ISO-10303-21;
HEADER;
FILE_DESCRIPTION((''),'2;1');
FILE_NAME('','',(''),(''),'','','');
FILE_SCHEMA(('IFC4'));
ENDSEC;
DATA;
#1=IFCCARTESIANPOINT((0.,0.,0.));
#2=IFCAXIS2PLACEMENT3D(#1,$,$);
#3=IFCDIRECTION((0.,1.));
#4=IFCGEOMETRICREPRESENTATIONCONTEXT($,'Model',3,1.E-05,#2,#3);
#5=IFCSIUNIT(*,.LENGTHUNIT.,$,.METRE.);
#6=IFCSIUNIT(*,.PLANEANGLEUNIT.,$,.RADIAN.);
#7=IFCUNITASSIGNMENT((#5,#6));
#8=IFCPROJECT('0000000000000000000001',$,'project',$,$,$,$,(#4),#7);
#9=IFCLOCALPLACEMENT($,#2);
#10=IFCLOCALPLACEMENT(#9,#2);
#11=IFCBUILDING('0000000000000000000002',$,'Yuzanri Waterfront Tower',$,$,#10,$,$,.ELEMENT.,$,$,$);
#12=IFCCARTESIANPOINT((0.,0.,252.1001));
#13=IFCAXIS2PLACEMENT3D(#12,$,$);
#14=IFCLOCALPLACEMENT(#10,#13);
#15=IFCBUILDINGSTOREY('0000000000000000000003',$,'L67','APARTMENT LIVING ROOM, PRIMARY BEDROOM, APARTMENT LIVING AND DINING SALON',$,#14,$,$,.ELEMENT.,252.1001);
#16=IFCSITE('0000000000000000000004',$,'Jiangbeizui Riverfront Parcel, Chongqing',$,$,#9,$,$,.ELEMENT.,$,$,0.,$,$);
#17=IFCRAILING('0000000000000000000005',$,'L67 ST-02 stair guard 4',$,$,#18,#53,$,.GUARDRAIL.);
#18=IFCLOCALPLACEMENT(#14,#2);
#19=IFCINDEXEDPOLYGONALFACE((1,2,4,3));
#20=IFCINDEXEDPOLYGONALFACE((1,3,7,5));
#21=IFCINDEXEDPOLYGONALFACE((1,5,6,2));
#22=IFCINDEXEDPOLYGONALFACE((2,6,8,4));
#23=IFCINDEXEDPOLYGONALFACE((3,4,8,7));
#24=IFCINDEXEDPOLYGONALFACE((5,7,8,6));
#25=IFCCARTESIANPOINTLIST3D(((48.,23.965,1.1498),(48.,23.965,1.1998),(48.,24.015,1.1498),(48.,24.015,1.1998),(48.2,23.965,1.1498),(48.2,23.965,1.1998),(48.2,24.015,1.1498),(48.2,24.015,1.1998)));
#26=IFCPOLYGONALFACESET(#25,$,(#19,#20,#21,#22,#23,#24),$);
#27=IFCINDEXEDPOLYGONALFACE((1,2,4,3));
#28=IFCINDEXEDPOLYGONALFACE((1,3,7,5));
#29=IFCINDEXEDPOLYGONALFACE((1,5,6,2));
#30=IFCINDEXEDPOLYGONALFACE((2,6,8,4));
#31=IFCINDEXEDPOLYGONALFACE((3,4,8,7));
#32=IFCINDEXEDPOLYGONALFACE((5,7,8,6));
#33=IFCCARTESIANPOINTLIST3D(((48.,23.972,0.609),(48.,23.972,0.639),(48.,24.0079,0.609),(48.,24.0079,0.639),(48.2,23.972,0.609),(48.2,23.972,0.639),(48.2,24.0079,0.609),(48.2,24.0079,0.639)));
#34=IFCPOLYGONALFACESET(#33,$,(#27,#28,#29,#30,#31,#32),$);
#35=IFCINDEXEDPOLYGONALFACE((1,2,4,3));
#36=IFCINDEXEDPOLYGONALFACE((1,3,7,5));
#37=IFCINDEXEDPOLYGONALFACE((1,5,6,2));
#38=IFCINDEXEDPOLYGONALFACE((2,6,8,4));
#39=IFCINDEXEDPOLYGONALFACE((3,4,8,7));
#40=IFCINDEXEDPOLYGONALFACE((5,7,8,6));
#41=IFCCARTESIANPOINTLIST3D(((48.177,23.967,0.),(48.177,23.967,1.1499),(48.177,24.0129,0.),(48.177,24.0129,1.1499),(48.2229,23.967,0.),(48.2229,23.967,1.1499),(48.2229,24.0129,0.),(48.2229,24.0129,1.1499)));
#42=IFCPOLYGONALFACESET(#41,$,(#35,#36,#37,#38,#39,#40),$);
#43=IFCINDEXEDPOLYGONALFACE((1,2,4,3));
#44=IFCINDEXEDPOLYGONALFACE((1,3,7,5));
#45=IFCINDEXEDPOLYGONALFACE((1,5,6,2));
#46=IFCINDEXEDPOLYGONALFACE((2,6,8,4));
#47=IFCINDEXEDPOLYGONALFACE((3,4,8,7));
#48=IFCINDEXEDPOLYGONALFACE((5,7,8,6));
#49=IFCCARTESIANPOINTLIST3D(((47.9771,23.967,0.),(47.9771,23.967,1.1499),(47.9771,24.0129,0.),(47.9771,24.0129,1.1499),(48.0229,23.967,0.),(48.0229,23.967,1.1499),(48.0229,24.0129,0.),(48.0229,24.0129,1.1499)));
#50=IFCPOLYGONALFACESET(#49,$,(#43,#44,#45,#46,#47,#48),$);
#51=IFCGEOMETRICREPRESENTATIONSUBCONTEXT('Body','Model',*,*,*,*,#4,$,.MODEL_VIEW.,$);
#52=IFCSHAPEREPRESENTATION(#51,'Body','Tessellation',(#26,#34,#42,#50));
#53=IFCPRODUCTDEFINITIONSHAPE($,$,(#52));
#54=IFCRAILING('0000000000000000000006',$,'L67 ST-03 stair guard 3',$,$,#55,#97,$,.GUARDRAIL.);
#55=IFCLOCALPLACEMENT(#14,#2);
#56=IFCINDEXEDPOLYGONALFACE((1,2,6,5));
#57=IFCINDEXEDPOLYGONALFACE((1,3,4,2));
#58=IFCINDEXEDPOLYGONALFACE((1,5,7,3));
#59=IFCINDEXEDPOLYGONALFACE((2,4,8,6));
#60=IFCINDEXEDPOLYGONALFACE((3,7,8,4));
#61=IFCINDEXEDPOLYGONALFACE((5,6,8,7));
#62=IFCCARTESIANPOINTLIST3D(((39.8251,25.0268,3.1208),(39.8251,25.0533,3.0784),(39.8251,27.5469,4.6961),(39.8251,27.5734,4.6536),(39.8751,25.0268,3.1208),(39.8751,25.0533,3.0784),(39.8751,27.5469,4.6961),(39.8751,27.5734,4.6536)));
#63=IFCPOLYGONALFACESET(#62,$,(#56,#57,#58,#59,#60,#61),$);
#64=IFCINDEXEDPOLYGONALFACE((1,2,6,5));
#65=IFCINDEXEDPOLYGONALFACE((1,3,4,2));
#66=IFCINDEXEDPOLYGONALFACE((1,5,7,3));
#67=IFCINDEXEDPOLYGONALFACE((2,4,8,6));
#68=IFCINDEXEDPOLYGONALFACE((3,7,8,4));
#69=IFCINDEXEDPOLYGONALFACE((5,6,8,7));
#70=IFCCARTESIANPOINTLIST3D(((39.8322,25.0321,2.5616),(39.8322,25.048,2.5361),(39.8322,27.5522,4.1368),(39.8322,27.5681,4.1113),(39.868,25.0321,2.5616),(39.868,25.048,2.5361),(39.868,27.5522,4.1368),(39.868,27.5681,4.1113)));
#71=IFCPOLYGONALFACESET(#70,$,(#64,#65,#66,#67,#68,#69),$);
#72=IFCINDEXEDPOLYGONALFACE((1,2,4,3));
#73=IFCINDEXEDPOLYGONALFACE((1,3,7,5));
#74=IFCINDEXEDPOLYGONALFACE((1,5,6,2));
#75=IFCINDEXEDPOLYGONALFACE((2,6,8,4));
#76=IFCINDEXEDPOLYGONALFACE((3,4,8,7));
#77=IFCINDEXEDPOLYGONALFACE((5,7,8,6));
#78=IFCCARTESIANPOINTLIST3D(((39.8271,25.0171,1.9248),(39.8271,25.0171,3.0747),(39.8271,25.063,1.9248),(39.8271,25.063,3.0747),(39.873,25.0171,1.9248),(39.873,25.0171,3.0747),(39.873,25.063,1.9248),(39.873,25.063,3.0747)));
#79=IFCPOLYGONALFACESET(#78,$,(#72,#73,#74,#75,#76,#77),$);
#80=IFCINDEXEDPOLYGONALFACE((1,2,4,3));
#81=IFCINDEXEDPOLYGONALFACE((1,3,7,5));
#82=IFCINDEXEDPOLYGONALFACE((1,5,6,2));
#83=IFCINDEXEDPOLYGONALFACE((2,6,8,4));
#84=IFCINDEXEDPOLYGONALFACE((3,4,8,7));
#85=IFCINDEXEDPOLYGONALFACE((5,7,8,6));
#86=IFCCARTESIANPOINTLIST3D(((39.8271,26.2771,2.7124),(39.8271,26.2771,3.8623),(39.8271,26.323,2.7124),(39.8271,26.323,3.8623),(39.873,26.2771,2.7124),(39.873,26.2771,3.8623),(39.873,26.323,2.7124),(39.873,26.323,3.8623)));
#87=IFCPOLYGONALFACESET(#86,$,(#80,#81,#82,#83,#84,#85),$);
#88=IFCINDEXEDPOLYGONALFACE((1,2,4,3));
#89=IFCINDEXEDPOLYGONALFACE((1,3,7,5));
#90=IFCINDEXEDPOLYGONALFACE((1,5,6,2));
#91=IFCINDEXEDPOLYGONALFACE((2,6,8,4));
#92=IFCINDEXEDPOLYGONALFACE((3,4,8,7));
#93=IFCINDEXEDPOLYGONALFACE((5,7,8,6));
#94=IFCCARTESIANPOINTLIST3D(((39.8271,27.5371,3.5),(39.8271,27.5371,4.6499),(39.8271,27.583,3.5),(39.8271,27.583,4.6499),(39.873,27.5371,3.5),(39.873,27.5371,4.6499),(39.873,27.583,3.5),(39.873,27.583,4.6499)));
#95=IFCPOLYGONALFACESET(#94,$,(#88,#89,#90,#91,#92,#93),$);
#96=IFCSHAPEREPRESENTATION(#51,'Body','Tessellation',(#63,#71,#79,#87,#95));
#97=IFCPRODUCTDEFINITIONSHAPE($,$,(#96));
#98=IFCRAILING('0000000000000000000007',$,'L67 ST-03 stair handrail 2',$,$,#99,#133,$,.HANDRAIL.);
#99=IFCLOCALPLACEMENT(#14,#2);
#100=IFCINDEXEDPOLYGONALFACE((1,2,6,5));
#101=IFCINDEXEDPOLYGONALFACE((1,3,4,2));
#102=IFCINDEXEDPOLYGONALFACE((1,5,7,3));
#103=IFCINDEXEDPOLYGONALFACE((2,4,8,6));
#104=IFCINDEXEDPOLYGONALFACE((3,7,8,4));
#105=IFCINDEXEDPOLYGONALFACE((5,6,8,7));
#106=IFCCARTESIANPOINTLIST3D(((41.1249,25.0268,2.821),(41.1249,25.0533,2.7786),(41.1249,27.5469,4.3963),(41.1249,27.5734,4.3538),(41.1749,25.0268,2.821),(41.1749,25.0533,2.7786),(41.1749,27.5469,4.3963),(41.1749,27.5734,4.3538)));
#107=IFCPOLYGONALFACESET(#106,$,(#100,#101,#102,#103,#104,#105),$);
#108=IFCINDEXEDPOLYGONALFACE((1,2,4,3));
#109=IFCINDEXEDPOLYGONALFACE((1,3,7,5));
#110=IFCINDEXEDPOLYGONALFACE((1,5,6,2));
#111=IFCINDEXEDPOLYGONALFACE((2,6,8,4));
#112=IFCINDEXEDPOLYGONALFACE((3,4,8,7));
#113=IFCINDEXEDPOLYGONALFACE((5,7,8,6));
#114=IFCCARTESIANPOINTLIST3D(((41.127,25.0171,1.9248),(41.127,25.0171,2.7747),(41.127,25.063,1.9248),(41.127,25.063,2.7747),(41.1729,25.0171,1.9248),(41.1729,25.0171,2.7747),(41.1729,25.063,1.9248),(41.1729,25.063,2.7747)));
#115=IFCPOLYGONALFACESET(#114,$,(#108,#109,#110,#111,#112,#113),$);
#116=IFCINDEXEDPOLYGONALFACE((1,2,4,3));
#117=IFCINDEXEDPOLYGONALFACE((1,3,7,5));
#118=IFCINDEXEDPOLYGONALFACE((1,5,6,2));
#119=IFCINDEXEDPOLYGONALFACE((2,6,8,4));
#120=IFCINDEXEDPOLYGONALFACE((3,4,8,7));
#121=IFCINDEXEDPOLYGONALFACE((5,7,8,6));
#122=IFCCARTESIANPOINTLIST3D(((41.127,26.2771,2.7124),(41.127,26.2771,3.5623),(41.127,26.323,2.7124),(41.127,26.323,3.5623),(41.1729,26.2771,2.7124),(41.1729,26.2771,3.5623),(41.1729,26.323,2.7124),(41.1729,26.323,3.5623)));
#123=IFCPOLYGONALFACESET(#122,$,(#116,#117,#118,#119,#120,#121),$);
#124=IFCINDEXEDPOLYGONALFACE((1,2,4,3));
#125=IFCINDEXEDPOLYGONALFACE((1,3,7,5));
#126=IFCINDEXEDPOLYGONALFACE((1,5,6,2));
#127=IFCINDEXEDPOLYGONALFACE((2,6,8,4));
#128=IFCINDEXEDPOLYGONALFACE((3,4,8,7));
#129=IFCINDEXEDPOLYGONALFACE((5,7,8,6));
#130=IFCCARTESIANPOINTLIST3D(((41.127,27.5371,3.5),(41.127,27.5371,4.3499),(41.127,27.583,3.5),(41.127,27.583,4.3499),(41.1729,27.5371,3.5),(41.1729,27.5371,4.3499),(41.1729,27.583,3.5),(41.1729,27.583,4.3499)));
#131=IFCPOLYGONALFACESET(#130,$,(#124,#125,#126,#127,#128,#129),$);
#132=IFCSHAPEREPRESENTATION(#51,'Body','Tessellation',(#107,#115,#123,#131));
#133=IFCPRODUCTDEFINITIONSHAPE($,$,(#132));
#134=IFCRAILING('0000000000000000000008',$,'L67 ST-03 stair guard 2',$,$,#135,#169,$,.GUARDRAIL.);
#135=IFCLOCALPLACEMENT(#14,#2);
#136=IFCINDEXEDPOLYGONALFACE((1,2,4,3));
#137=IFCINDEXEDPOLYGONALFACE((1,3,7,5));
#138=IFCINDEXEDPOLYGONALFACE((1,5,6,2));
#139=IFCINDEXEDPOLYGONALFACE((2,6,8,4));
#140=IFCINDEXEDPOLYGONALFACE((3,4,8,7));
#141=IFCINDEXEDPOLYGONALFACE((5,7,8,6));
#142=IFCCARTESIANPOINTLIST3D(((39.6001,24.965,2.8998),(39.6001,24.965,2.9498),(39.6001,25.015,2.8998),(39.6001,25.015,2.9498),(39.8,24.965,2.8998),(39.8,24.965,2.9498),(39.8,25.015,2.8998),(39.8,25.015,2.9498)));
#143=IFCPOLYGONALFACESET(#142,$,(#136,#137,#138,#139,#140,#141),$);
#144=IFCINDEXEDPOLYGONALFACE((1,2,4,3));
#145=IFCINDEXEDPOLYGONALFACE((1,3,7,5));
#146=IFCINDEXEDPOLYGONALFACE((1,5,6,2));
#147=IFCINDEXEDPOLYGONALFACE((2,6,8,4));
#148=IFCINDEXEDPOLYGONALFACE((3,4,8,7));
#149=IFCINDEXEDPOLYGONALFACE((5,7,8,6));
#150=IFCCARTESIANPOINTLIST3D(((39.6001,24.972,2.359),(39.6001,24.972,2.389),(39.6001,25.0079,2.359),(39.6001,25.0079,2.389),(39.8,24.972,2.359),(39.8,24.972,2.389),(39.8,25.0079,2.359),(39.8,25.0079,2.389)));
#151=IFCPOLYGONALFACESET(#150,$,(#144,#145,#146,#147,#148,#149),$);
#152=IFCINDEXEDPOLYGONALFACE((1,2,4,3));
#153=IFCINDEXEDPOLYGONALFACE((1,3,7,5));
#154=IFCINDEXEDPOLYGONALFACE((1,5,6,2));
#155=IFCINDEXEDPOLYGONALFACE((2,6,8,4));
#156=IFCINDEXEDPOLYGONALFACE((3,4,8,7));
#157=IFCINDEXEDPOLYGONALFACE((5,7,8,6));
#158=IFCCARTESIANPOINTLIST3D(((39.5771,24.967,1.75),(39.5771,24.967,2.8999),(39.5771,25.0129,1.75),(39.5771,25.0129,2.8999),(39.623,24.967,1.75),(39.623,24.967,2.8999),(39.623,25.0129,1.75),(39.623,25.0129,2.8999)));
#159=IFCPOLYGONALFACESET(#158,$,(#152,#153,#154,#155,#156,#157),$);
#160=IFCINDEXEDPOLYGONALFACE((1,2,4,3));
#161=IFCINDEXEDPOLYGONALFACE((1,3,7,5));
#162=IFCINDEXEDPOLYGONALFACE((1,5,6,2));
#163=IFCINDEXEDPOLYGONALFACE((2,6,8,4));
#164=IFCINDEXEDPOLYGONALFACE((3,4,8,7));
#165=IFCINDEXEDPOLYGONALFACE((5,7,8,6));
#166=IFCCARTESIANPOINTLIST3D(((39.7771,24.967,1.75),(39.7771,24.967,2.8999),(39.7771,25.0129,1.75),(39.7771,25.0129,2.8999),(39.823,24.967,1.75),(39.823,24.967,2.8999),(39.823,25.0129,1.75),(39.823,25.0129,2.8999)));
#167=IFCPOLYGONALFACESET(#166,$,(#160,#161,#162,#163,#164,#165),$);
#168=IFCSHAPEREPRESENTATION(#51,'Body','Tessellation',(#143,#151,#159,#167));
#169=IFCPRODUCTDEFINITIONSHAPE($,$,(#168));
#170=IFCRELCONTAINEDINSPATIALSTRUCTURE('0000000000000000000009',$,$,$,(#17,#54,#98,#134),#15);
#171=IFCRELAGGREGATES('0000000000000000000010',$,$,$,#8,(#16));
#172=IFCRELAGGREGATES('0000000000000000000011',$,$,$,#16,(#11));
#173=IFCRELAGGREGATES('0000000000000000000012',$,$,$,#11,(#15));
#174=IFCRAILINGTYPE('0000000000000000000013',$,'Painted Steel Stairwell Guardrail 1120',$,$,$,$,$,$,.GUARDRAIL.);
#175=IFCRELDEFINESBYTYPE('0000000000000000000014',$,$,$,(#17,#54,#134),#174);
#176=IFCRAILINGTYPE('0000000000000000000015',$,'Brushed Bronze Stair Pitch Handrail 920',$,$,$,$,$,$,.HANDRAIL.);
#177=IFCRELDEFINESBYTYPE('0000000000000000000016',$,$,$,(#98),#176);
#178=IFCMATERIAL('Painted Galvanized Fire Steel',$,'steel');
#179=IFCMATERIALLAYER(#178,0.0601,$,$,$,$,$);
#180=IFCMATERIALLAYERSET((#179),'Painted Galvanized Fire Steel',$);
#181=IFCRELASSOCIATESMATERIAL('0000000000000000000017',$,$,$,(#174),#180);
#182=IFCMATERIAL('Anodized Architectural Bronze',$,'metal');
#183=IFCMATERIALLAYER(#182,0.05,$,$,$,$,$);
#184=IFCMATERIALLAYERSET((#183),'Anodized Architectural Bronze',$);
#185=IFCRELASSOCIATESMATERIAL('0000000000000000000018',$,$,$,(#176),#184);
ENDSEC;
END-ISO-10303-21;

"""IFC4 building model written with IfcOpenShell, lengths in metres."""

from ifc_helpers import new_model, si_unit, direction, frame, origin, origin_2d, place, context, subcontext, project, spatial, rectangle, extrude, source, transform, mapped, material, layer, layer_set, type_object, element, save


model = new_model("IFC4")

# Units and contexts
model_context = context("Model", 3, precision=1e-05, world=origin(), true_north=direction((0.0, 1.0)))
body_context = subcontext(model_context, "Body", "Model", "MODEL_VIEW")
ifc_project = project(units=[si_unit("LENGTHUNIT", "METRE"), si_unit("PLANEANGLEUNIT", "RADIAN")], contexts=[model_context])

# Site, building, storey
site_placement = place(None, origin())
site = spatial("IfcSite", under=ifc_project, at=site_placement, Name="Jiangbeizui Riverfront Parcel, Chongqing", CompositionType="ELEMENT", RefElevation=0.0)
building_placement = place(site_placement, origin())
building = spatial("IfcBuilding", under=site, at=building_placement, Name="Yuzanri Waterfront Tower", CompositionType="ELEMENT")
storey_placement = place(building_placement, frame((0.0, 0.0, 252.1001)))
storey = spatial("IfcBuildingStorey", under=building, at=storey_placement, Name="L67", Description="APARTMENT LIVING ROOM, PRIMARY BEDROOM, APARTMENT LIVING AND DINING SALON", CompositionType="ELEMENT", Elevation=252.1001)

# Railings
ifc_material_1 = material(Name="Painted Galvanized Fire Steel", Category="steel")
ifc_layer_1 = layer(ifc_material_1, 0.0601)
ifc_layer_set_1 = layer_set([ifc_layer_1], Name="Painted Galvanized Fire Steel")
railing_type_1 = type_object("IfcRailingType", Name="Painted Steel Stairwell Guardrail 1120", PredefinedType="GUARDRAIL", material=ifc_layer_set_1)
shared_shape_1 = source(origin(), body_context, "Body", "SweptSolid", [
    extrude(rectangle(XDim=0.05, YDim=0.05, at=origin_2d()), frame((0.0, 0.0, 1.1748), z_axis=(-1.0, 0.0, 0.0), x_axis=(0.0, -1.0, 0.0)), (0.0, 0.0, 1.0), 0.2),
    extrude(rectangle(XDim=0.0359, YDim=0.03, at=origin_2d()), frame((0.0, 0.0, 0.624), z_axis=(-1.0, 0.0, 0.0), x_axis=(0.0, -1.0, 0.0)), (0.0, 0.0, 1.0), 0.2),
    extrude(rectangle(XDim=0.0459, YDim=0.0459, at=origin_2d()), origin(), (0.0, 0.0, 1.0), 1.1499),
    extrude(rectangle(XDim=0.0459, YDim=0.0459, at=origin_2d()), frame((-0.2, 0.0, 0.0)), (0.0, 0.0, 1.0), 1.1499),
])
railing_1_placement = place(storey_placement, frame((48.2, 23.99, 0.0)))
element("IfcRailing", 1, at=railing_1_placement, inside=storey, type_object=railing_type_1, Name="L67 ST-02 stair guard 4", PredefinedType="GUARDRAIL", context=body_context, shape_type="MappedRepresentation", body=[
    mapped(shared_shape_1, transform((0.0, 0.0, 0.0), scale=1.0)),
])
shared_shape_2 = source(origin(), body_context, "Body", "SweptSolid", [
    extrude(rectangle(XDim=0.05, YDim=0.05, at=origin_2d()), frame((0.0, 0.0, 1.1748), z_axis=(0.0, 0.847971, 0.530043), x_axis=(-1.0, 0.0, 0.0)), (0.0, 0.0, 1.0), 2.9719),
    extrude(rectangle(XDim=0.0359, YDim=0.03, at=origin_2d()), frame((0.0, 0.0, 0.624), z_axis=(0.0, 0.847971, 0.530043), x_axis=(-1.0, 0.0, 0.0)), (0.0, 0.0, 1.0), 2.9719),
    extrude(rectangle(XDim=0.0459, YDim=0.0459, at=origin_2d()), origin(), (0.0, 0.0, 1.0), 1.1499),
    extrude(rectangle(XDim=0.0459, YDim=0.0459, at=origin_2d()), frame((0.0, 1.26, 0.7876)), (0.0, 0.0, 1.0), 1.1499),
    extrude(rectangle(XDim=0.0459, YDim=0.0459, at=origin_2d()), frame((0.0, 2.52, 1.5752)), (0.0, 0.0, 1.0), 1.1499),
])
railing_2_placement = place(storey_placement, frame((39.8501, 25.04, 1.9248)))
element("IfcRailing", 2, at=railing_2_placement, inside=storey, type_object=railing_type_1, Name="L67 ST-03 stair guard 3", PredefinedType="GUARDRAIL", context=body_context, shape_type="MappedRepresentation", body=[
    mapped(shared_shape_2, transform((0.0, 0.0, 0.0), scale=1.0)),
])
ifc_material_2 = material(Name="Anodized Architectural Bronze", Category="metal")
ifc_layer_2 = layer(ifc_material_2, 0.05)
ifc_layer_set_2 = layer_set([ifc_layer_2], Name="Anodized Architectural Bronze")
railing_type_2 = type_object("IfcRailingType", Name="Brushed Bronze Stair Pitch Handrail 920", PredefinedType="HANDRAIL", material=ifc_layer_set_2)
shared_shape_3 = source(origin(), body_context, "Body", "SweptSolid", [
    extrude(rectangle(XDim=0.05, YDim=0.05, at=origin_2d()), frame((0.0, 0.0, 0.875), z_axis=(0.0, 0.847971, 0.530043), x_axis=(-1.0, 0.0, 0.0)), (0.0, 0.0, 1.0), 2.9719),
    extrude(rectangle(XDim=0.0459, YDim=0.0459, at=origin_2d()), origin(), (0.0, 0.0, 1.0), 0.8499),
    extrude(rectangle(XDim=0.0459, YDim=0.0459, at=origin_2d()), frame((0.0, 1.26, 0.7876)), (0.0, 0.0, 1.0), 0.8499),
    extrude(rectangle(XDim=0.0459, YDim=0.0459, at=origin_2d()), frame((0.0, 2.52, 1.5752)), (0.0, 0.0, 1.0), 0.8499),
])
railing_3_placement = place(storey_placement, frame((41.1499, 25.04, 1.9248)))
element("IfcRailing", 3, at=railing_3_placement, inside=storey, type_object=railing_type_2, Name="L67 ST-03 stair handrail 2", PredefinedType="HANDRAIL", context=body_context, shape_type="MappedRepresentation", body=[
    mapped(shared_shape_3, transform((0.0, 0.0, 0.0), scale=1.0)),
])
shared_shape_4 = source(origin(), body_context, "Body", "SweptSolid", [
    extrude(rectangle(XDim=0.05, YDim=0.05, at=origin_2d()), frame((0.0, 0.0, 1.1748), z_axis=(1.0, 0.0, 0.0), x_axis=(0.0, 1.0, 0.0)), (0.0, 0.0, 1.0), 0.2),
    extrude(rectangle(XDim=0.0359, YDim=0.03, at=origin_2d()), frame((0.0, 0.0, 0.624), z_axis=(1.0, 0.0, 0.0), x_axis=(0.0, 1.0, 0.0)), (0.0, 0.0, 1.0), 0.2),
    extrude(rectangle(XDim=0.0459, YDim=0.0459, at=origin_2d()), origin(), (0.0, 0.0, 1.0), 1.1499),
    extrude(rectangle(XDim=0.0459, YDim=0.0459, at=origin_2d()), frame((0.2, 0.0, 0.0)), (0.0, 0.0, 1.0), 1.1499),
])
railing_4_placement = place(storey_placement, frame((39.6001, 24.99, 1.75)))
element("IfcRailing", 4, at=railing_4_placement, inside=storey, type_object=railing_type_1, Name="L67 ST-03 stair guard 2", PredefinedType="GUARDRAIL", context=body_context, shape_type="MappedRepresentation", body=[
    mapped(shared_shape_4, transform((0.0, 0.0, 0.0), scale=1.0)),
])

save(model, "model.ifc")
